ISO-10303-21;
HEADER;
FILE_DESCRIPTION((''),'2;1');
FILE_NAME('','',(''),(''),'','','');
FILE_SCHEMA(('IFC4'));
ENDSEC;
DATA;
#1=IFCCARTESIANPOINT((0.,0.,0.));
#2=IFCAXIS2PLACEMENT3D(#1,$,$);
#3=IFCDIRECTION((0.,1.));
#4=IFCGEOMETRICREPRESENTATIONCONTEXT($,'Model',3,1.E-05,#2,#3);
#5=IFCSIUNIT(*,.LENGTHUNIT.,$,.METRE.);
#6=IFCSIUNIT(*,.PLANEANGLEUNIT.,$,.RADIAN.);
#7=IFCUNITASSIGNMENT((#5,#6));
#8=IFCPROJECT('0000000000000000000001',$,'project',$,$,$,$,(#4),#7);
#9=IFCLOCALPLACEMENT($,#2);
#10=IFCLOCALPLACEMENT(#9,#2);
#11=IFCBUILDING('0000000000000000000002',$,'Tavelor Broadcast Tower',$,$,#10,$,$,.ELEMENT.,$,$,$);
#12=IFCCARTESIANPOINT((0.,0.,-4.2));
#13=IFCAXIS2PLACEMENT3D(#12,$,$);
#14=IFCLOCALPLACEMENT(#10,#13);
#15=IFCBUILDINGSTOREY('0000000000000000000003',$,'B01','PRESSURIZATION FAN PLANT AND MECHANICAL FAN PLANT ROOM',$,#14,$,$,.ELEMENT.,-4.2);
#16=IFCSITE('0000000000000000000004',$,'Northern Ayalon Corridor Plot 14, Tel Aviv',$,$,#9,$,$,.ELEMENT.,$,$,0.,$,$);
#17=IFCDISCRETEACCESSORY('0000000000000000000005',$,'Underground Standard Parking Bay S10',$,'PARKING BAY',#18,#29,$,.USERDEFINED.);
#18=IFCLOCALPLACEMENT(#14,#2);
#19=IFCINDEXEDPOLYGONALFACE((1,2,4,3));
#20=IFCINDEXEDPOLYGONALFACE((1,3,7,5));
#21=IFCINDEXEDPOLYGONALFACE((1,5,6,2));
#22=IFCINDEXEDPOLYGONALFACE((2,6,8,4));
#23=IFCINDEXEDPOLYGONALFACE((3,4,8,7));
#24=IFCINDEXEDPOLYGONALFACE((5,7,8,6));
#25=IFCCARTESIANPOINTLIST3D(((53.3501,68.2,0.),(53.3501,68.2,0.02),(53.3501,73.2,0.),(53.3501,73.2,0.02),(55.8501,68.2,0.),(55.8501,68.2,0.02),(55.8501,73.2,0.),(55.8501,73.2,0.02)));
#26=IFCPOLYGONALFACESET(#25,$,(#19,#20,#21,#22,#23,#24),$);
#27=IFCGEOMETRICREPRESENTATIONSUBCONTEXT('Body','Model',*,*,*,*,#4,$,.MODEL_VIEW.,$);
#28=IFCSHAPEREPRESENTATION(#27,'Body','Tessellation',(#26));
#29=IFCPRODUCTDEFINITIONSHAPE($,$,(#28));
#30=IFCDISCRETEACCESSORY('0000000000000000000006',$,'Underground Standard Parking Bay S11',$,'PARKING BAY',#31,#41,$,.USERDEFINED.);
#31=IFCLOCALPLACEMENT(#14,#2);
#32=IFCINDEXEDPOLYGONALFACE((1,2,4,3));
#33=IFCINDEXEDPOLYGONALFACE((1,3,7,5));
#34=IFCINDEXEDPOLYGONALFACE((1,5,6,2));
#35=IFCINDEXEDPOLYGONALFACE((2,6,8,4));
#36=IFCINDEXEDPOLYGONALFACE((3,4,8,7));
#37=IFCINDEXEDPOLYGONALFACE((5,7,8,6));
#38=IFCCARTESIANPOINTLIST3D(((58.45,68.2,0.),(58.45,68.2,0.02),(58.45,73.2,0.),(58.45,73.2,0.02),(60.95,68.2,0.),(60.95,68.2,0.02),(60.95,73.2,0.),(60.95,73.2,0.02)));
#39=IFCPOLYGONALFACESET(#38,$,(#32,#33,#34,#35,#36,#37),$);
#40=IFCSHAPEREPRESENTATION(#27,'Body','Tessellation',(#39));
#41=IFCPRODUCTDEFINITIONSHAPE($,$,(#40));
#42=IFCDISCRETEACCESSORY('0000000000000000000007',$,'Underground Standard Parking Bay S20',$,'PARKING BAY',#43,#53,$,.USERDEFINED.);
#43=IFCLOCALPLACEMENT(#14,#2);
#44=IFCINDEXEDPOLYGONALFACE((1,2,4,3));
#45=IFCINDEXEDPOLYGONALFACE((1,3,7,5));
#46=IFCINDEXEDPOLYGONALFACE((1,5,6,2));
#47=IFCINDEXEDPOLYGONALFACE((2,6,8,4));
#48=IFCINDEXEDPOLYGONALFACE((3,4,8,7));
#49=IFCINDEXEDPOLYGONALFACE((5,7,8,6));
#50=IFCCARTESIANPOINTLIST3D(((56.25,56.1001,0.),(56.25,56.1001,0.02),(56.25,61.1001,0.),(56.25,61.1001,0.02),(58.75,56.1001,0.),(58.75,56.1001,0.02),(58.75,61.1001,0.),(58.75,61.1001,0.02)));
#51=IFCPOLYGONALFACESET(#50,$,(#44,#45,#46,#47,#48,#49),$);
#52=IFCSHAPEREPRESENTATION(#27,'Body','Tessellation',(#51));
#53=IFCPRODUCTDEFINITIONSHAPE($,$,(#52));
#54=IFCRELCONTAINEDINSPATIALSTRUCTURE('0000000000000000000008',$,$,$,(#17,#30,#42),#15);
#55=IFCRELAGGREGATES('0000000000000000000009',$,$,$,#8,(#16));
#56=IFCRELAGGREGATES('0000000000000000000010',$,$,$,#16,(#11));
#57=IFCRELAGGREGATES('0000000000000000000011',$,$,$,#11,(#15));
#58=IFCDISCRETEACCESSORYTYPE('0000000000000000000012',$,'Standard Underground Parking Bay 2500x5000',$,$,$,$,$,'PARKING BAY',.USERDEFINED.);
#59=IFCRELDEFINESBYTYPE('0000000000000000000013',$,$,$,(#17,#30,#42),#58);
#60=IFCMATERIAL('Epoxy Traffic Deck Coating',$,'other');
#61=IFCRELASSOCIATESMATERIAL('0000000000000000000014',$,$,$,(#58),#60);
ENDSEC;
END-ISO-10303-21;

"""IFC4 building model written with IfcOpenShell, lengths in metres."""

from ifc_helpers import new_model, si_unit, direction, frame, origin, origin_2d, place, context, subcontext, project, spatial, rectangle, extrude, source, transform, mapped, material, type_object, type_shapes, element, save


model = new_model("IFC4")

# Units and contexts
model_context = context("Model", 3, precision=1e-05, world=origin(), true_north=direction((0.0, 1.0)))
body_context = subcontext(model_context, "Body", "Model", "MODEL_VIEW")
ifc_project = project(units=[si_unit("LENGTHUNIT", "METRE"), si_unit("PLANEANGLEUNIT", "RADIAN")], contexts=[model_context])

# Site, building, storey
site_placement = place(None, origin())
site = spatial("IfcSite", under=ifc_project, at=site_placement, Name="Northern Ayalon Corridor Plot 14, Tel Aviv", CompositionType="ELEMENT", RefElevation=0.0)
building_placement = place(site_placement, origin())
building = spatial("IfcBuilding", under=site, at=building_placement, Name="Tavelor Broadcast Tower", CompositionType="ELEMENT")
storey_placement = place(building_placement, frame((0.0, 0.0, -4.2)))
storey = spatial("IfcBuildingStorey", under=building, at=storey_placement, Name="B01", Description="PRESSURIZATION FAN PLANT AND MECHANICAL FAN PLANT ROOM", CompositionType="ELEMENT", Elevation=-4.2)

# Discrete accessories
ifc_material_1 = material(Name="Epoxy Traffic Deck Coating", Category="other")
discrete_accessory_type_1 = type_object("IfcDiscreteAccessoryType", Name="Standard Underground Parking Bay 2500x5000", ElementType="PARKING BAY", PredefinedType="USERDEFINED", material=ifc_material_1)
shared_shape_1 = source(origin(), body_context, "Body", "SweptSolid", [
    extrude(rectangle(XDim=2.5, YDim=5.0, at=origin_2d()), origin(), (0.0, 0.0, 1.0), 0.02),
])
type_shapes(discrete_accessory_type_1, [shared_shape_1])
for number, where, z_axis, x_axis, name in (
    (1, (54.6001, 70.7, 0.0), (0.0, 0.0, 1.0), (1.0, 0.0, 0.0), "Underground Standard Parking Bay S10"),
    (2, (59.7, 70.7, 0.0), (0.0, 0.0, 1.0), (1.0, 0.0, 0.0), "Underground Standard Parking Bay S11"),
    (3, (57.5, 58.6001, 0.0), (0.0, 0.0, 1.0), (1.0, 0.0, 0.0), "Underground Standard Parking Bay S20"),
):
    element("IfcDiscreteAccessory", number, at=place(storey_placement, frame(where, z_axis=z_axis, x_axis=x_axis)), inside=storey, type_object=discrete_accessory_type_1, Name=name, ObjectType="PARKING BAY", PredefinedType="USERDEFINED", context=body_context, shape_type="MappedRepresentation", body=[
        mapped(shared_shape_1, transform((0.0, 0.0, 0.0), scale=1.0)),
    ])

save(model, "model.ifc")
